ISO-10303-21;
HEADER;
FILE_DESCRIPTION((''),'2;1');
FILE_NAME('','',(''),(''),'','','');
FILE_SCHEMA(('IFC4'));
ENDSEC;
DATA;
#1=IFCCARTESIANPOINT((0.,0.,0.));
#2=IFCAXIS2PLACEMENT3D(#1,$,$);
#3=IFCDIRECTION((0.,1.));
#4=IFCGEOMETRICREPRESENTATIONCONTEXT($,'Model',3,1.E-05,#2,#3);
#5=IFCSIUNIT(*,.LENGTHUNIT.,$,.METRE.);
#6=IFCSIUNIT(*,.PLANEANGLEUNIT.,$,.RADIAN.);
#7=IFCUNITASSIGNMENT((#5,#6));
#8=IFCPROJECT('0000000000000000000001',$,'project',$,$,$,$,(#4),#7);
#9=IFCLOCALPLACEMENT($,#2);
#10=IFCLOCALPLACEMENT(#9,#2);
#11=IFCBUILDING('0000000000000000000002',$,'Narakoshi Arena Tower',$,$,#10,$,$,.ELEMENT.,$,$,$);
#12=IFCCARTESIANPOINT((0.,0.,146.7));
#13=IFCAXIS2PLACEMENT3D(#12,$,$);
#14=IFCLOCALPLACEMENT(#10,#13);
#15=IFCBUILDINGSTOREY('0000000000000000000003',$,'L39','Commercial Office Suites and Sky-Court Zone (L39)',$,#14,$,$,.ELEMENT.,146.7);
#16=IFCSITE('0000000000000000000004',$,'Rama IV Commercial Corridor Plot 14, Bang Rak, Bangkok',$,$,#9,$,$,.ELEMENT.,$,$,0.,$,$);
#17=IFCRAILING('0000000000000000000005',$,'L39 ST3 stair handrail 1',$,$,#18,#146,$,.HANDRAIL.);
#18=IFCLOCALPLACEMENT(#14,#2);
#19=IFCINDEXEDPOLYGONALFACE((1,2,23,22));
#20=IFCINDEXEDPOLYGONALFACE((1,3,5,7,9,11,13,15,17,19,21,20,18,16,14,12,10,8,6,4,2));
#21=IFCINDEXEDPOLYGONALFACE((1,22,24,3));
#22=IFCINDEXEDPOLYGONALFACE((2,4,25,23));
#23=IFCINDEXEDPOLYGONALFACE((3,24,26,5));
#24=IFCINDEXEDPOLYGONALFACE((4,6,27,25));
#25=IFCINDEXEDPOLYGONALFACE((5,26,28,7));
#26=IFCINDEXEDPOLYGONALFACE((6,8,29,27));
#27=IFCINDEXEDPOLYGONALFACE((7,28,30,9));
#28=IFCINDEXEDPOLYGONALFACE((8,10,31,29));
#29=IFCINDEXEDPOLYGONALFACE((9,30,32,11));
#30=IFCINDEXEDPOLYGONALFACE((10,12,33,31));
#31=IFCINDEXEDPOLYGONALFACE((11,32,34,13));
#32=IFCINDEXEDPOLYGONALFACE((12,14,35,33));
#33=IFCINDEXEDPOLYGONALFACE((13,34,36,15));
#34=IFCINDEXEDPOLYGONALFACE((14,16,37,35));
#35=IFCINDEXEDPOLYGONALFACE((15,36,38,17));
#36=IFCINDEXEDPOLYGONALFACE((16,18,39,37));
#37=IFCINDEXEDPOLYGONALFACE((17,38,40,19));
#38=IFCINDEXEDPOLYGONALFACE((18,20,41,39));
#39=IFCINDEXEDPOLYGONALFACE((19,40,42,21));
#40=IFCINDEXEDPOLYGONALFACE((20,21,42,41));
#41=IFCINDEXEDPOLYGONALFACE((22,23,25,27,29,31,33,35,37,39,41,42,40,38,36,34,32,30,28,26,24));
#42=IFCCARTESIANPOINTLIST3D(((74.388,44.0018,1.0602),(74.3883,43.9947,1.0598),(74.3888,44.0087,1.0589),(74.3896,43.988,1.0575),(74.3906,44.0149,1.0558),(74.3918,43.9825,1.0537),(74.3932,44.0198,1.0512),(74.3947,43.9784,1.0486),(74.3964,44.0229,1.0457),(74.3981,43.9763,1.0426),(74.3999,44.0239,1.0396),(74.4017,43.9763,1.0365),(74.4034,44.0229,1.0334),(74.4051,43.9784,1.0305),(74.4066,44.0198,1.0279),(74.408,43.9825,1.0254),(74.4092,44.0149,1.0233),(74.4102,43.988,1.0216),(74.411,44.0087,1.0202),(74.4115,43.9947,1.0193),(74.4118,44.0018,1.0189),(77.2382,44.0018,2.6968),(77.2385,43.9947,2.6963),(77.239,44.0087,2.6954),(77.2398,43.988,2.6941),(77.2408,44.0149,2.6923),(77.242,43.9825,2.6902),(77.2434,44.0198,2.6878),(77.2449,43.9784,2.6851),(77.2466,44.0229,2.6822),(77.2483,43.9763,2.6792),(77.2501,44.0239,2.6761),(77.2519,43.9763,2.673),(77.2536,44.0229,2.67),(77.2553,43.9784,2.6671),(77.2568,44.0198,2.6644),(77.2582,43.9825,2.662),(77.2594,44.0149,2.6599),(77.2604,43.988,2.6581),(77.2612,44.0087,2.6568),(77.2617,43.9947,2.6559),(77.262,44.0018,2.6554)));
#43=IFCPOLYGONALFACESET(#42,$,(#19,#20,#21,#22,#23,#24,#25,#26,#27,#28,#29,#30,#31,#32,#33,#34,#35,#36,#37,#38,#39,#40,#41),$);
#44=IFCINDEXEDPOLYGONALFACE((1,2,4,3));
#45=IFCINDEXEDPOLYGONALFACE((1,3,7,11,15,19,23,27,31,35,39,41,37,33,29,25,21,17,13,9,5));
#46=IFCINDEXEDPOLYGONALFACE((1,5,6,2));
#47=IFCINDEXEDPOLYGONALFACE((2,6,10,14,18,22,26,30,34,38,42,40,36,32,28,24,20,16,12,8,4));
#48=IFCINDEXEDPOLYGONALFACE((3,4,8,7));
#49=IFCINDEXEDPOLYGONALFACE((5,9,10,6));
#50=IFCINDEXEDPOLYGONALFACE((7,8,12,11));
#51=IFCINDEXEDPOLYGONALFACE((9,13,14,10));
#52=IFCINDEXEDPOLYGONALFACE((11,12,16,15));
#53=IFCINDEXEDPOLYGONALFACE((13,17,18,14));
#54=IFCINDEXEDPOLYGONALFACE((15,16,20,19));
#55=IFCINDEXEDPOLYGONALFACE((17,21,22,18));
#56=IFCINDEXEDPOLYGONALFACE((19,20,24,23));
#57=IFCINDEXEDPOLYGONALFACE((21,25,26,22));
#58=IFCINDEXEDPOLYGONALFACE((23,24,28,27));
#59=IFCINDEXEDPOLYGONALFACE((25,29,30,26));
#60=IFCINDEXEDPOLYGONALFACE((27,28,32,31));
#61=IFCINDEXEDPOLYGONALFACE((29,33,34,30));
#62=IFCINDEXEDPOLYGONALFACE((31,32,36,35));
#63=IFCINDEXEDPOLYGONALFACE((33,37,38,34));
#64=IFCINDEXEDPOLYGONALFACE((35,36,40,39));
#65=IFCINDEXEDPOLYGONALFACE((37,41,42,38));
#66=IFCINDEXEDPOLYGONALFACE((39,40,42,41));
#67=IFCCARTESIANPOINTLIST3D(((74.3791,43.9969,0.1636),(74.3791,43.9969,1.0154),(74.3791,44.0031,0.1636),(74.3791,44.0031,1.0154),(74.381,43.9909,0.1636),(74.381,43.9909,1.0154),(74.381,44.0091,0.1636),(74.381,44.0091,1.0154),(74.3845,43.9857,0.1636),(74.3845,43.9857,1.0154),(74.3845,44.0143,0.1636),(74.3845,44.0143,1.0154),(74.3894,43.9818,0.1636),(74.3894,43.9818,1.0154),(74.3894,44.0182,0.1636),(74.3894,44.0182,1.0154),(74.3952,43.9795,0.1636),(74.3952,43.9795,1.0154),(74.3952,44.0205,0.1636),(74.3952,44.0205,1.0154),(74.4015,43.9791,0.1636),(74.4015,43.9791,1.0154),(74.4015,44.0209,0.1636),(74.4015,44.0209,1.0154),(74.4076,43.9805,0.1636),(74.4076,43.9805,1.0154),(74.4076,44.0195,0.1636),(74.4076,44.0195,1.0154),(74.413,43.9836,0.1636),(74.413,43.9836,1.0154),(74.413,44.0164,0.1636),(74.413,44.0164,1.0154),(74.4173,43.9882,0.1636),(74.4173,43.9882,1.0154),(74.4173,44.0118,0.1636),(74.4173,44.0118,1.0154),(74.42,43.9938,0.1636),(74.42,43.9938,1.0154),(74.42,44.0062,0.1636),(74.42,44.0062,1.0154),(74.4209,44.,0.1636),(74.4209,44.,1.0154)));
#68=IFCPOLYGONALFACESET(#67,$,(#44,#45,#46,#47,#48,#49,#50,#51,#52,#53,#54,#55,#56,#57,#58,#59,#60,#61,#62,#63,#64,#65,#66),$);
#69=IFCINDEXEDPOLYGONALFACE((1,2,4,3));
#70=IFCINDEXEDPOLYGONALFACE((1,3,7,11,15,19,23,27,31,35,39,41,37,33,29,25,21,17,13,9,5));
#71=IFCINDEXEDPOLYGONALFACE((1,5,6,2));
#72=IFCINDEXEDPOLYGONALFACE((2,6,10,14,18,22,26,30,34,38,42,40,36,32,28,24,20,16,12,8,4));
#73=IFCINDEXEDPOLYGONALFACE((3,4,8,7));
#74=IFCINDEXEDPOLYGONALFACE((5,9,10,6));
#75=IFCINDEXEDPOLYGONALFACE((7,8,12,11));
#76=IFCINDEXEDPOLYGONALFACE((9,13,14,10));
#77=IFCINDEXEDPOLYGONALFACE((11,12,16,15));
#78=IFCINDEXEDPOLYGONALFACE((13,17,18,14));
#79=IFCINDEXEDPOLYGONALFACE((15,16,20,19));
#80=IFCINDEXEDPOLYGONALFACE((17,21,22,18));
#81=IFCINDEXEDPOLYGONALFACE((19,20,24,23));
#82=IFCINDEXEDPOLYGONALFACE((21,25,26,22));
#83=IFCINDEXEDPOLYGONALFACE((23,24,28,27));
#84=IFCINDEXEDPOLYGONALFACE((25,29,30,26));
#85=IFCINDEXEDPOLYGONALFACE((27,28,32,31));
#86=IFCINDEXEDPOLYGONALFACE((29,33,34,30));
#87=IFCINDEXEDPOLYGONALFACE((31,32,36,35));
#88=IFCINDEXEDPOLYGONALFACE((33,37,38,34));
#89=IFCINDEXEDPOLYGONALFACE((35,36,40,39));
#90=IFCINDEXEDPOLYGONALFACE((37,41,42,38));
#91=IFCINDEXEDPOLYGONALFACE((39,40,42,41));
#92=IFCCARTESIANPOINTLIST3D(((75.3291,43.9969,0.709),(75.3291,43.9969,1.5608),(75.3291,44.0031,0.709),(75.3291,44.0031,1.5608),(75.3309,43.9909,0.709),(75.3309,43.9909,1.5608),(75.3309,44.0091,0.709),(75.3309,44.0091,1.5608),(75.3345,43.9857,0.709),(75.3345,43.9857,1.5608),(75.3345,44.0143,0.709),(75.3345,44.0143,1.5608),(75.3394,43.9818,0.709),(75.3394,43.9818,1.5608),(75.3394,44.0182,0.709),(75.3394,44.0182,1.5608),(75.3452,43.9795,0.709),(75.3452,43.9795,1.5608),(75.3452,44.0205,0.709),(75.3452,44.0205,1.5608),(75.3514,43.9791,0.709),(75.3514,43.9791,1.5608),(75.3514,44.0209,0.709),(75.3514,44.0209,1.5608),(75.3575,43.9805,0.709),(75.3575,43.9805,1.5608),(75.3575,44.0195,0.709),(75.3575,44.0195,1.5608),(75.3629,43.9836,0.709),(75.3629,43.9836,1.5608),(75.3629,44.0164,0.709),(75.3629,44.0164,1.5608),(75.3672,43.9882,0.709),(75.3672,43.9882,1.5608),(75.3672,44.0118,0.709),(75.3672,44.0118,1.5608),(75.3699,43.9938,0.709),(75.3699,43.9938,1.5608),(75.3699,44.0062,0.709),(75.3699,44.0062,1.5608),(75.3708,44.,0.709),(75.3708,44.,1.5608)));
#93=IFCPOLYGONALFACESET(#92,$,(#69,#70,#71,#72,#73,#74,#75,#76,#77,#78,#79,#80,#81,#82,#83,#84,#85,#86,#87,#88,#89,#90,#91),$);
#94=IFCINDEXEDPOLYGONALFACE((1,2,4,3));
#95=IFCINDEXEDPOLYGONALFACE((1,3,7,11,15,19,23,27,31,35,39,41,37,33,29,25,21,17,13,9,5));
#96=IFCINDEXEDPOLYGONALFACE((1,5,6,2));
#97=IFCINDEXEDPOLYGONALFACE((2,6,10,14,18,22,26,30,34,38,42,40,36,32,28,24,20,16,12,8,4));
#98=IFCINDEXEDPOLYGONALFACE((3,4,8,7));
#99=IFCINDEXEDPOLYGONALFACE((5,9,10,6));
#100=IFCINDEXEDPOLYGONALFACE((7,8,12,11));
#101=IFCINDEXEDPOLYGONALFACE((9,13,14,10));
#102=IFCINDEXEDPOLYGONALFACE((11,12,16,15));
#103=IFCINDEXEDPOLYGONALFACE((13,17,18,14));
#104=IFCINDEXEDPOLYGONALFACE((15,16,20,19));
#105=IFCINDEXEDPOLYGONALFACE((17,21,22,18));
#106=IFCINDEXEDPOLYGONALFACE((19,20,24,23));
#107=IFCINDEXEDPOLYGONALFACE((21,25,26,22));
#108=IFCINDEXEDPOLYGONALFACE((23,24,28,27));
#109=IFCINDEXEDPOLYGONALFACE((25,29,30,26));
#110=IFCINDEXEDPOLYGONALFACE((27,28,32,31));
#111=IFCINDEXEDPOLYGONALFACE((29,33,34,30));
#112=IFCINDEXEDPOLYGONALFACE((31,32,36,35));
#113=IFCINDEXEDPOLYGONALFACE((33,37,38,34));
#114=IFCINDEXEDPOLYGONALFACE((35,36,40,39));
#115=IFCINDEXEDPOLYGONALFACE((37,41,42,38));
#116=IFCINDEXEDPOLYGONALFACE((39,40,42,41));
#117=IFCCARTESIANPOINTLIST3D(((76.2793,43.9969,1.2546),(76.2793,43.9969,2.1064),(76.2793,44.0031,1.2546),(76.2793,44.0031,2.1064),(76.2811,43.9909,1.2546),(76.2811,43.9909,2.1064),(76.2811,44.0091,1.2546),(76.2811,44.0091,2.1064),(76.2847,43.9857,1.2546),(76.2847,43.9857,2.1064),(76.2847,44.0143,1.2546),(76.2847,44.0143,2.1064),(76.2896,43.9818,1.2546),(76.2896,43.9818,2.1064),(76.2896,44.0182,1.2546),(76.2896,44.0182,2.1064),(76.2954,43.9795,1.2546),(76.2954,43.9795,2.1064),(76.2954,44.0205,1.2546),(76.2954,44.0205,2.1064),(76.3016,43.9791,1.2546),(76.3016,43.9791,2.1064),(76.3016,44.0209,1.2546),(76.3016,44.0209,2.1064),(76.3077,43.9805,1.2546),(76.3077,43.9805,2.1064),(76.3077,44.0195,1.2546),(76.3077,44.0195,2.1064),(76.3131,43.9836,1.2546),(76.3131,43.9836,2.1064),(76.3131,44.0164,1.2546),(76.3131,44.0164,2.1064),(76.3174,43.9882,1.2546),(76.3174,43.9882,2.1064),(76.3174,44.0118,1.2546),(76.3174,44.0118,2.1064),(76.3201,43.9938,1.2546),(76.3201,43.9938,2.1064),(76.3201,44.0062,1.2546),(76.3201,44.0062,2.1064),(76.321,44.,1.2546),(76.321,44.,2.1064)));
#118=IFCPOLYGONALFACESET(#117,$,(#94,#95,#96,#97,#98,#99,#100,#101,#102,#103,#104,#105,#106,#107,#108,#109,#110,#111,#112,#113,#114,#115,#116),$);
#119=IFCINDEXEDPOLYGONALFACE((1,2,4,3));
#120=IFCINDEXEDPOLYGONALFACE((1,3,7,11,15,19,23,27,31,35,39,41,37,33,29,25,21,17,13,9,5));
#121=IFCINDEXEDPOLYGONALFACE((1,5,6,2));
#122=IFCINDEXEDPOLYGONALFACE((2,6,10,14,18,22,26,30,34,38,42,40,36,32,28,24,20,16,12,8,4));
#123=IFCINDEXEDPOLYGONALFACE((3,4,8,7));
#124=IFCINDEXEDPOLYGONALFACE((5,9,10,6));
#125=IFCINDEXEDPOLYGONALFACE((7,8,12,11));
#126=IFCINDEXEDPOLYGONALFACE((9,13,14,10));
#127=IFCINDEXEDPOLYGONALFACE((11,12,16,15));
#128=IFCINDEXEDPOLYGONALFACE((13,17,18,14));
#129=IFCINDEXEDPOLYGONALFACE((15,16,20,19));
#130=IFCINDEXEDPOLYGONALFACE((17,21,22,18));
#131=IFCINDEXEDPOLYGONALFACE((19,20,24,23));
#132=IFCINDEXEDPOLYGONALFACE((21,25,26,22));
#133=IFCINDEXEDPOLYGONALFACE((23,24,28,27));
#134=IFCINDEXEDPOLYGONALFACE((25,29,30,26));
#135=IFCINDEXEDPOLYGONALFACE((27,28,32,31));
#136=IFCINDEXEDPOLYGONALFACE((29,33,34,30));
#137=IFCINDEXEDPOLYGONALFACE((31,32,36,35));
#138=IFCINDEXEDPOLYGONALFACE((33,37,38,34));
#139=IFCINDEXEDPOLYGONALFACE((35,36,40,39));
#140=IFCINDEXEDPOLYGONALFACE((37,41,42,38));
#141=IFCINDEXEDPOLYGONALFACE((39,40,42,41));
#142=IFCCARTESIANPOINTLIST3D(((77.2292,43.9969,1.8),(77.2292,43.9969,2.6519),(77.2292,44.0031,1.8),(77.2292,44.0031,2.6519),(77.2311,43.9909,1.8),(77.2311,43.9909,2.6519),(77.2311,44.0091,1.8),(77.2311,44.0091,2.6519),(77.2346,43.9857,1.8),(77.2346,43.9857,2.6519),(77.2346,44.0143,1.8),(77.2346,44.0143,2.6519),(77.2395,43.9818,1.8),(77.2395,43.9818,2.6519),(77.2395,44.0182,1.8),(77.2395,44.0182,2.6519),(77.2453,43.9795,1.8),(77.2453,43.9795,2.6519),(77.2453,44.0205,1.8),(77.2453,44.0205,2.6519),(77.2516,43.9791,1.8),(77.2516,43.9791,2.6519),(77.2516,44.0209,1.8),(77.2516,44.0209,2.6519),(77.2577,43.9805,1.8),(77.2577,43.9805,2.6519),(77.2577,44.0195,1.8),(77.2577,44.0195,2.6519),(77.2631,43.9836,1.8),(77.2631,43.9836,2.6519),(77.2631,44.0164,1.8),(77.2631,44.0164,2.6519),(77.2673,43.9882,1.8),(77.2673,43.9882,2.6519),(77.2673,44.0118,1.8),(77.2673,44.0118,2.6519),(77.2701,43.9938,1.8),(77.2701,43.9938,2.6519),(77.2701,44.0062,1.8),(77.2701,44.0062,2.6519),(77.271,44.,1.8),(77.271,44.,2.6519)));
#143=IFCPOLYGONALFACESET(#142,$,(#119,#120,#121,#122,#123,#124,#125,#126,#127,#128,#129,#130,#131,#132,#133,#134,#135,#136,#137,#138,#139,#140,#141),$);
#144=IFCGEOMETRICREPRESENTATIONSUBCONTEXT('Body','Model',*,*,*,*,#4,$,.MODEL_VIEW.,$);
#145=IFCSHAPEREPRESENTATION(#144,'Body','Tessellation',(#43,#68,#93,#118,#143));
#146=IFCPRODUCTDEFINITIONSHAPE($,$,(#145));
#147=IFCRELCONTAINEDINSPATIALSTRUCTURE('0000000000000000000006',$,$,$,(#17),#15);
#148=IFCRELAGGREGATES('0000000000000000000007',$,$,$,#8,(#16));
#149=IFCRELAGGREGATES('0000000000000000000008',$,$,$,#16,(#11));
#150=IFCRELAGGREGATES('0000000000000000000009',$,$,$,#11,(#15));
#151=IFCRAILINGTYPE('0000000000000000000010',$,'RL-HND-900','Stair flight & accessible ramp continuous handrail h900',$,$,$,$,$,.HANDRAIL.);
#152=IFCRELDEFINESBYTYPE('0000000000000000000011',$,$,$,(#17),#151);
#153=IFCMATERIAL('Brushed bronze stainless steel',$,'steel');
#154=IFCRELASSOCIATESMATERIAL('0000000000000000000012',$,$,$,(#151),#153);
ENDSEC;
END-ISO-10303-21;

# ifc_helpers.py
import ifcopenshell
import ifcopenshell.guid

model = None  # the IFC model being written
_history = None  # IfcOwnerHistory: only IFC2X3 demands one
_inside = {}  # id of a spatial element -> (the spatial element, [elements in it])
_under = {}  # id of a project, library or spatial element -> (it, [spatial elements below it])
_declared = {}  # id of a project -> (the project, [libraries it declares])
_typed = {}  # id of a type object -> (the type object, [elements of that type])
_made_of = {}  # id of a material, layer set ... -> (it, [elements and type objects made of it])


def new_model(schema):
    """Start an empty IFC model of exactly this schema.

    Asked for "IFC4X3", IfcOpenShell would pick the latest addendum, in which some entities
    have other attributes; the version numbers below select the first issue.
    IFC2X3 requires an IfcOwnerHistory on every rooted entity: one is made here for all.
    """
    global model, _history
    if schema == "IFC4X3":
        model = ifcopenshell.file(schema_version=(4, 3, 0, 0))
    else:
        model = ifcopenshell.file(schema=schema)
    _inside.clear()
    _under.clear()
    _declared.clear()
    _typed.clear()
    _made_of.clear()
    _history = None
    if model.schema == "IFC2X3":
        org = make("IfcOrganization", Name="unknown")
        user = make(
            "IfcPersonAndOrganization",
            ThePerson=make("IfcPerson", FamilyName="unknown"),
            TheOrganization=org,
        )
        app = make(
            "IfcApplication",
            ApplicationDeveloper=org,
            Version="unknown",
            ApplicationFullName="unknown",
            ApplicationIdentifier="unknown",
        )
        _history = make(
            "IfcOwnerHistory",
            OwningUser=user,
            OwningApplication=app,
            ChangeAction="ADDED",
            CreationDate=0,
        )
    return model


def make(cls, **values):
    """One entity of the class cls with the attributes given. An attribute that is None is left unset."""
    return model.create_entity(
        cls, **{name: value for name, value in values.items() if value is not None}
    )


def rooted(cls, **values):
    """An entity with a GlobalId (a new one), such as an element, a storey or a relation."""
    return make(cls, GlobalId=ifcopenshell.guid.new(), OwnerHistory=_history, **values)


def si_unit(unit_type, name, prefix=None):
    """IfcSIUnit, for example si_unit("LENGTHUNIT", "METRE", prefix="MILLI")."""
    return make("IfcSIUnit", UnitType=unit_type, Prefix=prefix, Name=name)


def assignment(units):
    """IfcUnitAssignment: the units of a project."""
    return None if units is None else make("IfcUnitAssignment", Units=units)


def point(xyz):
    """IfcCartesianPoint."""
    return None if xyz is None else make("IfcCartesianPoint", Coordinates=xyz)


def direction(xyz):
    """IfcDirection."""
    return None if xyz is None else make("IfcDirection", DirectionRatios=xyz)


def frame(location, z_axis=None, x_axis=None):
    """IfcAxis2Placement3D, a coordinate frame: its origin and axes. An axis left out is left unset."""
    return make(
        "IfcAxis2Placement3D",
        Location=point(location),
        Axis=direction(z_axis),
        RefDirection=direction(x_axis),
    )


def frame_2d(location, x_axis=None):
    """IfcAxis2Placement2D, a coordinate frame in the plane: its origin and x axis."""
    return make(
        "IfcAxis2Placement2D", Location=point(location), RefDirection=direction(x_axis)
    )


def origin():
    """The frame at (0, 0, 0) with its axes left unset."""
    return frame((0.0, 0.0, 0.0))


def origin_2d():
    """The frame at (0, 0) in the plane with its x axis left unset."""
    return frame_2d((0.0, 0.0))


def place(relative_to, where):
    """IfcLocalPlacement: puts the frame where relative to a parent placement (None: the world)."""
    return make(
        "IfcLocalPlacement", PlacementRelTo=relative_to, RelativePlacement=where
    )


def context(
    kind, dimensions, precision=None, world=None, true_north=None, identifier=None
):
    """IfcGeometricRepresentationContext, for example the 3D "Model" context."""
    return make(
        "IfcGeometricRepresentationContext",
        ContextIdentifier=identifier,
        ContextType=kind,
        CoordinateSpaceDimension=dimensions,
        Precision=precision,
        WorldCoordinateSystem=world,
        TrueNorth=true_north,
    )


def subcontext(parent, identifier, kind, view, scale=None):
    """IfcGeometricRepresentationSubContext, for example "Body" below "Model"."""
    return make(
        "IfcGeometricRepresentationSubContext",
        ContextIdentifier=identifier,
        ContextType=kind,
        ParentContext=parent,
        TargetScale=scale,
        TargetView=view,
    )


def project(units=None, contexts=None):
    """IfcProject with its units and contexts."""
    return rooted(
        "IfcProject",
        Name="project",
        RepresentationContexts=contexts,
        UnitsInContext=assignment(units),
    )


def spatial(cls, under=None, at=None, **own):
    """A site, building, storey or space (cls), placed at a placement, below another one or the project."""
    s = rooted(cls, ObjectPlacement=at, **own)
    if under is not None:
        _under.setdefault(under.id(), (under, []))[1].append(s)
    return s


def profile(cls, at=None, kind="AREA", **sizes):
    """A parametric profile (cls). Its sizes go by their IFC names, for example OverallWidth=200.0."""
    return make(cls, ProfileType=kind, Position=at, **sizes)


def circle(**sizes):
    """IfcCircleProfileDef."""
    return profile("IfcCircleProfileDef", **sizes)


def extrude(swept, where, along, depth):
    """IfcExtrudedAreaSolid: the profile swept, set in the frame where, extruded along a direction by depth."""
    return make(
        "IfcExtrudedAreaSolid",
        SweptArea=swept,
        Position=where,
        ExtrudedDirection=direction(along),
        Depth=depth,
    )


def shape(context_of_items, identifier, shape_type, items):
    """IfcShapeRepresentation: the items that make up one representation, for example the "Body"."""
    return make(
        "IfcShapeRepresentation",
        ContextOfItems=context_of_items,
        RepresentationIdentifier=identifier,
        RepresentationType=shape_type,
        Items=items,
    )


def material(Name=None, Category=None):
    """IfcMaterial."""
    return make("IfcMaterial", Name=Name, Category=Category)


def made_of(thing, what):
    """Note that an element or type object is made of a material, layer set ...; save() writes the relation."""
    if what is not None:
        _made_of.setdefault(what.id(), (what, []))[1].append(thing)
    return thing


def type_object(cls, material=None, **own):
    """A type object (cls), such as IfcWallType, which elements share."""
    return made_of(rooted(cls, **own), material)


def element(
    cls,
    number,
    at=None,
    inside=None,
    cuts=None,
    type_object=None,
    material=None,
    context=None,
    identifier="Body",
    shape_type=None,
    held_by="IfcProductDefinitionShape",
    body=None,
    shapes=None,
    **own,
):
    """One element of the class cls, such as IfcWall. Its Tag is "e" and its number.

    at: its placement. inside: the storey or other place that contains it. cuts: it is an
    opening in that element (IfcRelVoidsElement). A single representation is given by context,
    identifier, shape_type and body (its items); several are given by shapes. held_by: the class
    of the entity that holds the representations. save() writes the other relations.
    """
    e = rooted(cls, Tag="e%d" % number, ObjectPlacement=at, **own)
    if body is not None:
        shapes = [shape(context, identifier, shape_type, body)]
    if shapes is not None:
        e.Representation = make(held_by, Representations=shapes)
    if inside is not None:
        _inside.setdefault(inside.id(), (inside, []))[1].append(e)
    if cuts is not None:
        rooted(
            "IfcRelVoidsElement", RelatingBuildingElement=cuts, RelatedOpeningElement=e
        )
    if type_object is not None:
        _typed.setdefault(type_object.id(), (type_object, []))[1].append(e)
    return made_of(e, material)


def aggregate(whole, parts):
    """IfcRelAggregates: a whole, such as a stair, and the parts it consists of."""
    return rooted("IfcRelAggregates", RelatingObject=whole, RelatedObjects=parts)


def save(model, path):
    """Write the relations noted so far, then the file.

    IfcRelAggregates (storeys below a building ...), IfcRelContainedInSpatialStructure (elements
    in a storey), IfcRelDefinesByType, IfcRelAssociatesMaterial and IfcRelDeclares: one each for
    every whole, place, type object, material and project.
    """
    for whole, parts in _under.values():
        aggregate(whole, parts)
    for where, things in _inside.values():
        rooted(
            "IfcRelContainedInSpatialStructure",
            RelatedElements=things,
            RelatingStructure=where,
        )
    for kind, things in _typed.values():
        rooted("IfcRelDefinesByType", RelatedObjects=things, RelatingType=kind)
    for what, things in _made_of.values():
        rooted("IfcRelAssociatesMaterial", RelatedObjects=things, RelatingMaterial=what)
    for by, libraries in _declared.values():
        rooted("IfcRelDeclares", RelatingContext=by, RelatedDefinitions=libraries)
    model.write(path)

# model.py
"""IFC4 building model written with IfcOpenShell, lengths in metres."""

from ifc_helpers import new_model, si_unit, direction, frame, origin, origin_2d, place, context, subcontext, project, spatial, circle, extrude, material, type_object, element, save


model = new_model("IFC4")

# Units and contexts
model_context = context("Model", 3, precision=1e-05, world=origin(), true_north=direction((0.0, 1.0)))
body_context = subcontext(model_context, "Body", "Model", "MODEL_VIEW")
ifc_project = project(units=[si_unit("LENGTHUNIT", "METRE"), si_unit("PLANEANGLEUNIT", "RADIAN")], contexts=[model_context])

# Site, building, storey
site_placement = place(None, origin())
site = spatial("IfcSite", under=ifc_project, at=site_placement, Name="Rama IV Commercial Corridor Plot 14, Bang Rak, Bangkok", CompositionType="ELEMENT", RefElevation=0.0)
building_placement = place(site_placement, origin())
building = spatial("IfcBuilding", under=site, at=building_placement, Name="Narakoshi Arena Tower", CompositionType="ELEMENT")
storey_placement = place(building_placement, frame((0.0, 0.0, 146.7)))
storey = spatial("IfcBuildingStorey", under=building, at=storey_placement, Name="L39", Description="Commercial Office Suites and Sky-Court Zone (L39)", CompositionType="ELEMENT", Elevation=146.7)

# Railing
ifc_material_1 = material(Name="Brushed bronze stainless steel", Category="steel")
railing_type_1 = type_object("IfcRailingType", Name="RL-HND-900", Description="Stair flight & accessible ramp continuous handrail h900", PredefinedType="HANDRAIL", material=ifc_material_1)
for number, where, name in (
    (1, (74.3999, 44.0, 0.1636), "L39 ST3 stair handrail 1"),
):
    element("IfcRailing", number, at=place(storey_placement, frame(where)), inside=storey, type_object=railing_type_1, Name=name, PredefinedType="HANDRAIL", context=body_context, shape_type="SweptSolid", body=[
        extrude(circle(Radius=0.0239, at=origin_2d()), frame((0.0, 0.0, 0.876), z_axis=(0.867213, 0.0, 0.497938), x_axis=(0.0, 1.0, 0.0)), (0.0, 0.0, 1.0), 3.2866),
        extrude(circle(Radius=0.021, at=origin_2d()), origin(), (0.0, 0.0, 1.0), 0.8518),
        extrude(circle(Radius=0.021, at=origin_2d()), frame((0.95, 0.0, 0.5454)), (0.0, 0.0, 1.0), 0.8518),
        extrude(circle(Radius=0.021, at=origin_2d()), frame((1.9001, 0.0, 1.0911)), (0.0, 0.0, 1.0), 0.8518),
        extrude(circle(Radius=0.021, at=origin_2d()), frame((2.8501, 0.0, 1.6365)), (0.0, 0.0, 1.0), 0.8518),
    ])

save(model, "model.ifc")
